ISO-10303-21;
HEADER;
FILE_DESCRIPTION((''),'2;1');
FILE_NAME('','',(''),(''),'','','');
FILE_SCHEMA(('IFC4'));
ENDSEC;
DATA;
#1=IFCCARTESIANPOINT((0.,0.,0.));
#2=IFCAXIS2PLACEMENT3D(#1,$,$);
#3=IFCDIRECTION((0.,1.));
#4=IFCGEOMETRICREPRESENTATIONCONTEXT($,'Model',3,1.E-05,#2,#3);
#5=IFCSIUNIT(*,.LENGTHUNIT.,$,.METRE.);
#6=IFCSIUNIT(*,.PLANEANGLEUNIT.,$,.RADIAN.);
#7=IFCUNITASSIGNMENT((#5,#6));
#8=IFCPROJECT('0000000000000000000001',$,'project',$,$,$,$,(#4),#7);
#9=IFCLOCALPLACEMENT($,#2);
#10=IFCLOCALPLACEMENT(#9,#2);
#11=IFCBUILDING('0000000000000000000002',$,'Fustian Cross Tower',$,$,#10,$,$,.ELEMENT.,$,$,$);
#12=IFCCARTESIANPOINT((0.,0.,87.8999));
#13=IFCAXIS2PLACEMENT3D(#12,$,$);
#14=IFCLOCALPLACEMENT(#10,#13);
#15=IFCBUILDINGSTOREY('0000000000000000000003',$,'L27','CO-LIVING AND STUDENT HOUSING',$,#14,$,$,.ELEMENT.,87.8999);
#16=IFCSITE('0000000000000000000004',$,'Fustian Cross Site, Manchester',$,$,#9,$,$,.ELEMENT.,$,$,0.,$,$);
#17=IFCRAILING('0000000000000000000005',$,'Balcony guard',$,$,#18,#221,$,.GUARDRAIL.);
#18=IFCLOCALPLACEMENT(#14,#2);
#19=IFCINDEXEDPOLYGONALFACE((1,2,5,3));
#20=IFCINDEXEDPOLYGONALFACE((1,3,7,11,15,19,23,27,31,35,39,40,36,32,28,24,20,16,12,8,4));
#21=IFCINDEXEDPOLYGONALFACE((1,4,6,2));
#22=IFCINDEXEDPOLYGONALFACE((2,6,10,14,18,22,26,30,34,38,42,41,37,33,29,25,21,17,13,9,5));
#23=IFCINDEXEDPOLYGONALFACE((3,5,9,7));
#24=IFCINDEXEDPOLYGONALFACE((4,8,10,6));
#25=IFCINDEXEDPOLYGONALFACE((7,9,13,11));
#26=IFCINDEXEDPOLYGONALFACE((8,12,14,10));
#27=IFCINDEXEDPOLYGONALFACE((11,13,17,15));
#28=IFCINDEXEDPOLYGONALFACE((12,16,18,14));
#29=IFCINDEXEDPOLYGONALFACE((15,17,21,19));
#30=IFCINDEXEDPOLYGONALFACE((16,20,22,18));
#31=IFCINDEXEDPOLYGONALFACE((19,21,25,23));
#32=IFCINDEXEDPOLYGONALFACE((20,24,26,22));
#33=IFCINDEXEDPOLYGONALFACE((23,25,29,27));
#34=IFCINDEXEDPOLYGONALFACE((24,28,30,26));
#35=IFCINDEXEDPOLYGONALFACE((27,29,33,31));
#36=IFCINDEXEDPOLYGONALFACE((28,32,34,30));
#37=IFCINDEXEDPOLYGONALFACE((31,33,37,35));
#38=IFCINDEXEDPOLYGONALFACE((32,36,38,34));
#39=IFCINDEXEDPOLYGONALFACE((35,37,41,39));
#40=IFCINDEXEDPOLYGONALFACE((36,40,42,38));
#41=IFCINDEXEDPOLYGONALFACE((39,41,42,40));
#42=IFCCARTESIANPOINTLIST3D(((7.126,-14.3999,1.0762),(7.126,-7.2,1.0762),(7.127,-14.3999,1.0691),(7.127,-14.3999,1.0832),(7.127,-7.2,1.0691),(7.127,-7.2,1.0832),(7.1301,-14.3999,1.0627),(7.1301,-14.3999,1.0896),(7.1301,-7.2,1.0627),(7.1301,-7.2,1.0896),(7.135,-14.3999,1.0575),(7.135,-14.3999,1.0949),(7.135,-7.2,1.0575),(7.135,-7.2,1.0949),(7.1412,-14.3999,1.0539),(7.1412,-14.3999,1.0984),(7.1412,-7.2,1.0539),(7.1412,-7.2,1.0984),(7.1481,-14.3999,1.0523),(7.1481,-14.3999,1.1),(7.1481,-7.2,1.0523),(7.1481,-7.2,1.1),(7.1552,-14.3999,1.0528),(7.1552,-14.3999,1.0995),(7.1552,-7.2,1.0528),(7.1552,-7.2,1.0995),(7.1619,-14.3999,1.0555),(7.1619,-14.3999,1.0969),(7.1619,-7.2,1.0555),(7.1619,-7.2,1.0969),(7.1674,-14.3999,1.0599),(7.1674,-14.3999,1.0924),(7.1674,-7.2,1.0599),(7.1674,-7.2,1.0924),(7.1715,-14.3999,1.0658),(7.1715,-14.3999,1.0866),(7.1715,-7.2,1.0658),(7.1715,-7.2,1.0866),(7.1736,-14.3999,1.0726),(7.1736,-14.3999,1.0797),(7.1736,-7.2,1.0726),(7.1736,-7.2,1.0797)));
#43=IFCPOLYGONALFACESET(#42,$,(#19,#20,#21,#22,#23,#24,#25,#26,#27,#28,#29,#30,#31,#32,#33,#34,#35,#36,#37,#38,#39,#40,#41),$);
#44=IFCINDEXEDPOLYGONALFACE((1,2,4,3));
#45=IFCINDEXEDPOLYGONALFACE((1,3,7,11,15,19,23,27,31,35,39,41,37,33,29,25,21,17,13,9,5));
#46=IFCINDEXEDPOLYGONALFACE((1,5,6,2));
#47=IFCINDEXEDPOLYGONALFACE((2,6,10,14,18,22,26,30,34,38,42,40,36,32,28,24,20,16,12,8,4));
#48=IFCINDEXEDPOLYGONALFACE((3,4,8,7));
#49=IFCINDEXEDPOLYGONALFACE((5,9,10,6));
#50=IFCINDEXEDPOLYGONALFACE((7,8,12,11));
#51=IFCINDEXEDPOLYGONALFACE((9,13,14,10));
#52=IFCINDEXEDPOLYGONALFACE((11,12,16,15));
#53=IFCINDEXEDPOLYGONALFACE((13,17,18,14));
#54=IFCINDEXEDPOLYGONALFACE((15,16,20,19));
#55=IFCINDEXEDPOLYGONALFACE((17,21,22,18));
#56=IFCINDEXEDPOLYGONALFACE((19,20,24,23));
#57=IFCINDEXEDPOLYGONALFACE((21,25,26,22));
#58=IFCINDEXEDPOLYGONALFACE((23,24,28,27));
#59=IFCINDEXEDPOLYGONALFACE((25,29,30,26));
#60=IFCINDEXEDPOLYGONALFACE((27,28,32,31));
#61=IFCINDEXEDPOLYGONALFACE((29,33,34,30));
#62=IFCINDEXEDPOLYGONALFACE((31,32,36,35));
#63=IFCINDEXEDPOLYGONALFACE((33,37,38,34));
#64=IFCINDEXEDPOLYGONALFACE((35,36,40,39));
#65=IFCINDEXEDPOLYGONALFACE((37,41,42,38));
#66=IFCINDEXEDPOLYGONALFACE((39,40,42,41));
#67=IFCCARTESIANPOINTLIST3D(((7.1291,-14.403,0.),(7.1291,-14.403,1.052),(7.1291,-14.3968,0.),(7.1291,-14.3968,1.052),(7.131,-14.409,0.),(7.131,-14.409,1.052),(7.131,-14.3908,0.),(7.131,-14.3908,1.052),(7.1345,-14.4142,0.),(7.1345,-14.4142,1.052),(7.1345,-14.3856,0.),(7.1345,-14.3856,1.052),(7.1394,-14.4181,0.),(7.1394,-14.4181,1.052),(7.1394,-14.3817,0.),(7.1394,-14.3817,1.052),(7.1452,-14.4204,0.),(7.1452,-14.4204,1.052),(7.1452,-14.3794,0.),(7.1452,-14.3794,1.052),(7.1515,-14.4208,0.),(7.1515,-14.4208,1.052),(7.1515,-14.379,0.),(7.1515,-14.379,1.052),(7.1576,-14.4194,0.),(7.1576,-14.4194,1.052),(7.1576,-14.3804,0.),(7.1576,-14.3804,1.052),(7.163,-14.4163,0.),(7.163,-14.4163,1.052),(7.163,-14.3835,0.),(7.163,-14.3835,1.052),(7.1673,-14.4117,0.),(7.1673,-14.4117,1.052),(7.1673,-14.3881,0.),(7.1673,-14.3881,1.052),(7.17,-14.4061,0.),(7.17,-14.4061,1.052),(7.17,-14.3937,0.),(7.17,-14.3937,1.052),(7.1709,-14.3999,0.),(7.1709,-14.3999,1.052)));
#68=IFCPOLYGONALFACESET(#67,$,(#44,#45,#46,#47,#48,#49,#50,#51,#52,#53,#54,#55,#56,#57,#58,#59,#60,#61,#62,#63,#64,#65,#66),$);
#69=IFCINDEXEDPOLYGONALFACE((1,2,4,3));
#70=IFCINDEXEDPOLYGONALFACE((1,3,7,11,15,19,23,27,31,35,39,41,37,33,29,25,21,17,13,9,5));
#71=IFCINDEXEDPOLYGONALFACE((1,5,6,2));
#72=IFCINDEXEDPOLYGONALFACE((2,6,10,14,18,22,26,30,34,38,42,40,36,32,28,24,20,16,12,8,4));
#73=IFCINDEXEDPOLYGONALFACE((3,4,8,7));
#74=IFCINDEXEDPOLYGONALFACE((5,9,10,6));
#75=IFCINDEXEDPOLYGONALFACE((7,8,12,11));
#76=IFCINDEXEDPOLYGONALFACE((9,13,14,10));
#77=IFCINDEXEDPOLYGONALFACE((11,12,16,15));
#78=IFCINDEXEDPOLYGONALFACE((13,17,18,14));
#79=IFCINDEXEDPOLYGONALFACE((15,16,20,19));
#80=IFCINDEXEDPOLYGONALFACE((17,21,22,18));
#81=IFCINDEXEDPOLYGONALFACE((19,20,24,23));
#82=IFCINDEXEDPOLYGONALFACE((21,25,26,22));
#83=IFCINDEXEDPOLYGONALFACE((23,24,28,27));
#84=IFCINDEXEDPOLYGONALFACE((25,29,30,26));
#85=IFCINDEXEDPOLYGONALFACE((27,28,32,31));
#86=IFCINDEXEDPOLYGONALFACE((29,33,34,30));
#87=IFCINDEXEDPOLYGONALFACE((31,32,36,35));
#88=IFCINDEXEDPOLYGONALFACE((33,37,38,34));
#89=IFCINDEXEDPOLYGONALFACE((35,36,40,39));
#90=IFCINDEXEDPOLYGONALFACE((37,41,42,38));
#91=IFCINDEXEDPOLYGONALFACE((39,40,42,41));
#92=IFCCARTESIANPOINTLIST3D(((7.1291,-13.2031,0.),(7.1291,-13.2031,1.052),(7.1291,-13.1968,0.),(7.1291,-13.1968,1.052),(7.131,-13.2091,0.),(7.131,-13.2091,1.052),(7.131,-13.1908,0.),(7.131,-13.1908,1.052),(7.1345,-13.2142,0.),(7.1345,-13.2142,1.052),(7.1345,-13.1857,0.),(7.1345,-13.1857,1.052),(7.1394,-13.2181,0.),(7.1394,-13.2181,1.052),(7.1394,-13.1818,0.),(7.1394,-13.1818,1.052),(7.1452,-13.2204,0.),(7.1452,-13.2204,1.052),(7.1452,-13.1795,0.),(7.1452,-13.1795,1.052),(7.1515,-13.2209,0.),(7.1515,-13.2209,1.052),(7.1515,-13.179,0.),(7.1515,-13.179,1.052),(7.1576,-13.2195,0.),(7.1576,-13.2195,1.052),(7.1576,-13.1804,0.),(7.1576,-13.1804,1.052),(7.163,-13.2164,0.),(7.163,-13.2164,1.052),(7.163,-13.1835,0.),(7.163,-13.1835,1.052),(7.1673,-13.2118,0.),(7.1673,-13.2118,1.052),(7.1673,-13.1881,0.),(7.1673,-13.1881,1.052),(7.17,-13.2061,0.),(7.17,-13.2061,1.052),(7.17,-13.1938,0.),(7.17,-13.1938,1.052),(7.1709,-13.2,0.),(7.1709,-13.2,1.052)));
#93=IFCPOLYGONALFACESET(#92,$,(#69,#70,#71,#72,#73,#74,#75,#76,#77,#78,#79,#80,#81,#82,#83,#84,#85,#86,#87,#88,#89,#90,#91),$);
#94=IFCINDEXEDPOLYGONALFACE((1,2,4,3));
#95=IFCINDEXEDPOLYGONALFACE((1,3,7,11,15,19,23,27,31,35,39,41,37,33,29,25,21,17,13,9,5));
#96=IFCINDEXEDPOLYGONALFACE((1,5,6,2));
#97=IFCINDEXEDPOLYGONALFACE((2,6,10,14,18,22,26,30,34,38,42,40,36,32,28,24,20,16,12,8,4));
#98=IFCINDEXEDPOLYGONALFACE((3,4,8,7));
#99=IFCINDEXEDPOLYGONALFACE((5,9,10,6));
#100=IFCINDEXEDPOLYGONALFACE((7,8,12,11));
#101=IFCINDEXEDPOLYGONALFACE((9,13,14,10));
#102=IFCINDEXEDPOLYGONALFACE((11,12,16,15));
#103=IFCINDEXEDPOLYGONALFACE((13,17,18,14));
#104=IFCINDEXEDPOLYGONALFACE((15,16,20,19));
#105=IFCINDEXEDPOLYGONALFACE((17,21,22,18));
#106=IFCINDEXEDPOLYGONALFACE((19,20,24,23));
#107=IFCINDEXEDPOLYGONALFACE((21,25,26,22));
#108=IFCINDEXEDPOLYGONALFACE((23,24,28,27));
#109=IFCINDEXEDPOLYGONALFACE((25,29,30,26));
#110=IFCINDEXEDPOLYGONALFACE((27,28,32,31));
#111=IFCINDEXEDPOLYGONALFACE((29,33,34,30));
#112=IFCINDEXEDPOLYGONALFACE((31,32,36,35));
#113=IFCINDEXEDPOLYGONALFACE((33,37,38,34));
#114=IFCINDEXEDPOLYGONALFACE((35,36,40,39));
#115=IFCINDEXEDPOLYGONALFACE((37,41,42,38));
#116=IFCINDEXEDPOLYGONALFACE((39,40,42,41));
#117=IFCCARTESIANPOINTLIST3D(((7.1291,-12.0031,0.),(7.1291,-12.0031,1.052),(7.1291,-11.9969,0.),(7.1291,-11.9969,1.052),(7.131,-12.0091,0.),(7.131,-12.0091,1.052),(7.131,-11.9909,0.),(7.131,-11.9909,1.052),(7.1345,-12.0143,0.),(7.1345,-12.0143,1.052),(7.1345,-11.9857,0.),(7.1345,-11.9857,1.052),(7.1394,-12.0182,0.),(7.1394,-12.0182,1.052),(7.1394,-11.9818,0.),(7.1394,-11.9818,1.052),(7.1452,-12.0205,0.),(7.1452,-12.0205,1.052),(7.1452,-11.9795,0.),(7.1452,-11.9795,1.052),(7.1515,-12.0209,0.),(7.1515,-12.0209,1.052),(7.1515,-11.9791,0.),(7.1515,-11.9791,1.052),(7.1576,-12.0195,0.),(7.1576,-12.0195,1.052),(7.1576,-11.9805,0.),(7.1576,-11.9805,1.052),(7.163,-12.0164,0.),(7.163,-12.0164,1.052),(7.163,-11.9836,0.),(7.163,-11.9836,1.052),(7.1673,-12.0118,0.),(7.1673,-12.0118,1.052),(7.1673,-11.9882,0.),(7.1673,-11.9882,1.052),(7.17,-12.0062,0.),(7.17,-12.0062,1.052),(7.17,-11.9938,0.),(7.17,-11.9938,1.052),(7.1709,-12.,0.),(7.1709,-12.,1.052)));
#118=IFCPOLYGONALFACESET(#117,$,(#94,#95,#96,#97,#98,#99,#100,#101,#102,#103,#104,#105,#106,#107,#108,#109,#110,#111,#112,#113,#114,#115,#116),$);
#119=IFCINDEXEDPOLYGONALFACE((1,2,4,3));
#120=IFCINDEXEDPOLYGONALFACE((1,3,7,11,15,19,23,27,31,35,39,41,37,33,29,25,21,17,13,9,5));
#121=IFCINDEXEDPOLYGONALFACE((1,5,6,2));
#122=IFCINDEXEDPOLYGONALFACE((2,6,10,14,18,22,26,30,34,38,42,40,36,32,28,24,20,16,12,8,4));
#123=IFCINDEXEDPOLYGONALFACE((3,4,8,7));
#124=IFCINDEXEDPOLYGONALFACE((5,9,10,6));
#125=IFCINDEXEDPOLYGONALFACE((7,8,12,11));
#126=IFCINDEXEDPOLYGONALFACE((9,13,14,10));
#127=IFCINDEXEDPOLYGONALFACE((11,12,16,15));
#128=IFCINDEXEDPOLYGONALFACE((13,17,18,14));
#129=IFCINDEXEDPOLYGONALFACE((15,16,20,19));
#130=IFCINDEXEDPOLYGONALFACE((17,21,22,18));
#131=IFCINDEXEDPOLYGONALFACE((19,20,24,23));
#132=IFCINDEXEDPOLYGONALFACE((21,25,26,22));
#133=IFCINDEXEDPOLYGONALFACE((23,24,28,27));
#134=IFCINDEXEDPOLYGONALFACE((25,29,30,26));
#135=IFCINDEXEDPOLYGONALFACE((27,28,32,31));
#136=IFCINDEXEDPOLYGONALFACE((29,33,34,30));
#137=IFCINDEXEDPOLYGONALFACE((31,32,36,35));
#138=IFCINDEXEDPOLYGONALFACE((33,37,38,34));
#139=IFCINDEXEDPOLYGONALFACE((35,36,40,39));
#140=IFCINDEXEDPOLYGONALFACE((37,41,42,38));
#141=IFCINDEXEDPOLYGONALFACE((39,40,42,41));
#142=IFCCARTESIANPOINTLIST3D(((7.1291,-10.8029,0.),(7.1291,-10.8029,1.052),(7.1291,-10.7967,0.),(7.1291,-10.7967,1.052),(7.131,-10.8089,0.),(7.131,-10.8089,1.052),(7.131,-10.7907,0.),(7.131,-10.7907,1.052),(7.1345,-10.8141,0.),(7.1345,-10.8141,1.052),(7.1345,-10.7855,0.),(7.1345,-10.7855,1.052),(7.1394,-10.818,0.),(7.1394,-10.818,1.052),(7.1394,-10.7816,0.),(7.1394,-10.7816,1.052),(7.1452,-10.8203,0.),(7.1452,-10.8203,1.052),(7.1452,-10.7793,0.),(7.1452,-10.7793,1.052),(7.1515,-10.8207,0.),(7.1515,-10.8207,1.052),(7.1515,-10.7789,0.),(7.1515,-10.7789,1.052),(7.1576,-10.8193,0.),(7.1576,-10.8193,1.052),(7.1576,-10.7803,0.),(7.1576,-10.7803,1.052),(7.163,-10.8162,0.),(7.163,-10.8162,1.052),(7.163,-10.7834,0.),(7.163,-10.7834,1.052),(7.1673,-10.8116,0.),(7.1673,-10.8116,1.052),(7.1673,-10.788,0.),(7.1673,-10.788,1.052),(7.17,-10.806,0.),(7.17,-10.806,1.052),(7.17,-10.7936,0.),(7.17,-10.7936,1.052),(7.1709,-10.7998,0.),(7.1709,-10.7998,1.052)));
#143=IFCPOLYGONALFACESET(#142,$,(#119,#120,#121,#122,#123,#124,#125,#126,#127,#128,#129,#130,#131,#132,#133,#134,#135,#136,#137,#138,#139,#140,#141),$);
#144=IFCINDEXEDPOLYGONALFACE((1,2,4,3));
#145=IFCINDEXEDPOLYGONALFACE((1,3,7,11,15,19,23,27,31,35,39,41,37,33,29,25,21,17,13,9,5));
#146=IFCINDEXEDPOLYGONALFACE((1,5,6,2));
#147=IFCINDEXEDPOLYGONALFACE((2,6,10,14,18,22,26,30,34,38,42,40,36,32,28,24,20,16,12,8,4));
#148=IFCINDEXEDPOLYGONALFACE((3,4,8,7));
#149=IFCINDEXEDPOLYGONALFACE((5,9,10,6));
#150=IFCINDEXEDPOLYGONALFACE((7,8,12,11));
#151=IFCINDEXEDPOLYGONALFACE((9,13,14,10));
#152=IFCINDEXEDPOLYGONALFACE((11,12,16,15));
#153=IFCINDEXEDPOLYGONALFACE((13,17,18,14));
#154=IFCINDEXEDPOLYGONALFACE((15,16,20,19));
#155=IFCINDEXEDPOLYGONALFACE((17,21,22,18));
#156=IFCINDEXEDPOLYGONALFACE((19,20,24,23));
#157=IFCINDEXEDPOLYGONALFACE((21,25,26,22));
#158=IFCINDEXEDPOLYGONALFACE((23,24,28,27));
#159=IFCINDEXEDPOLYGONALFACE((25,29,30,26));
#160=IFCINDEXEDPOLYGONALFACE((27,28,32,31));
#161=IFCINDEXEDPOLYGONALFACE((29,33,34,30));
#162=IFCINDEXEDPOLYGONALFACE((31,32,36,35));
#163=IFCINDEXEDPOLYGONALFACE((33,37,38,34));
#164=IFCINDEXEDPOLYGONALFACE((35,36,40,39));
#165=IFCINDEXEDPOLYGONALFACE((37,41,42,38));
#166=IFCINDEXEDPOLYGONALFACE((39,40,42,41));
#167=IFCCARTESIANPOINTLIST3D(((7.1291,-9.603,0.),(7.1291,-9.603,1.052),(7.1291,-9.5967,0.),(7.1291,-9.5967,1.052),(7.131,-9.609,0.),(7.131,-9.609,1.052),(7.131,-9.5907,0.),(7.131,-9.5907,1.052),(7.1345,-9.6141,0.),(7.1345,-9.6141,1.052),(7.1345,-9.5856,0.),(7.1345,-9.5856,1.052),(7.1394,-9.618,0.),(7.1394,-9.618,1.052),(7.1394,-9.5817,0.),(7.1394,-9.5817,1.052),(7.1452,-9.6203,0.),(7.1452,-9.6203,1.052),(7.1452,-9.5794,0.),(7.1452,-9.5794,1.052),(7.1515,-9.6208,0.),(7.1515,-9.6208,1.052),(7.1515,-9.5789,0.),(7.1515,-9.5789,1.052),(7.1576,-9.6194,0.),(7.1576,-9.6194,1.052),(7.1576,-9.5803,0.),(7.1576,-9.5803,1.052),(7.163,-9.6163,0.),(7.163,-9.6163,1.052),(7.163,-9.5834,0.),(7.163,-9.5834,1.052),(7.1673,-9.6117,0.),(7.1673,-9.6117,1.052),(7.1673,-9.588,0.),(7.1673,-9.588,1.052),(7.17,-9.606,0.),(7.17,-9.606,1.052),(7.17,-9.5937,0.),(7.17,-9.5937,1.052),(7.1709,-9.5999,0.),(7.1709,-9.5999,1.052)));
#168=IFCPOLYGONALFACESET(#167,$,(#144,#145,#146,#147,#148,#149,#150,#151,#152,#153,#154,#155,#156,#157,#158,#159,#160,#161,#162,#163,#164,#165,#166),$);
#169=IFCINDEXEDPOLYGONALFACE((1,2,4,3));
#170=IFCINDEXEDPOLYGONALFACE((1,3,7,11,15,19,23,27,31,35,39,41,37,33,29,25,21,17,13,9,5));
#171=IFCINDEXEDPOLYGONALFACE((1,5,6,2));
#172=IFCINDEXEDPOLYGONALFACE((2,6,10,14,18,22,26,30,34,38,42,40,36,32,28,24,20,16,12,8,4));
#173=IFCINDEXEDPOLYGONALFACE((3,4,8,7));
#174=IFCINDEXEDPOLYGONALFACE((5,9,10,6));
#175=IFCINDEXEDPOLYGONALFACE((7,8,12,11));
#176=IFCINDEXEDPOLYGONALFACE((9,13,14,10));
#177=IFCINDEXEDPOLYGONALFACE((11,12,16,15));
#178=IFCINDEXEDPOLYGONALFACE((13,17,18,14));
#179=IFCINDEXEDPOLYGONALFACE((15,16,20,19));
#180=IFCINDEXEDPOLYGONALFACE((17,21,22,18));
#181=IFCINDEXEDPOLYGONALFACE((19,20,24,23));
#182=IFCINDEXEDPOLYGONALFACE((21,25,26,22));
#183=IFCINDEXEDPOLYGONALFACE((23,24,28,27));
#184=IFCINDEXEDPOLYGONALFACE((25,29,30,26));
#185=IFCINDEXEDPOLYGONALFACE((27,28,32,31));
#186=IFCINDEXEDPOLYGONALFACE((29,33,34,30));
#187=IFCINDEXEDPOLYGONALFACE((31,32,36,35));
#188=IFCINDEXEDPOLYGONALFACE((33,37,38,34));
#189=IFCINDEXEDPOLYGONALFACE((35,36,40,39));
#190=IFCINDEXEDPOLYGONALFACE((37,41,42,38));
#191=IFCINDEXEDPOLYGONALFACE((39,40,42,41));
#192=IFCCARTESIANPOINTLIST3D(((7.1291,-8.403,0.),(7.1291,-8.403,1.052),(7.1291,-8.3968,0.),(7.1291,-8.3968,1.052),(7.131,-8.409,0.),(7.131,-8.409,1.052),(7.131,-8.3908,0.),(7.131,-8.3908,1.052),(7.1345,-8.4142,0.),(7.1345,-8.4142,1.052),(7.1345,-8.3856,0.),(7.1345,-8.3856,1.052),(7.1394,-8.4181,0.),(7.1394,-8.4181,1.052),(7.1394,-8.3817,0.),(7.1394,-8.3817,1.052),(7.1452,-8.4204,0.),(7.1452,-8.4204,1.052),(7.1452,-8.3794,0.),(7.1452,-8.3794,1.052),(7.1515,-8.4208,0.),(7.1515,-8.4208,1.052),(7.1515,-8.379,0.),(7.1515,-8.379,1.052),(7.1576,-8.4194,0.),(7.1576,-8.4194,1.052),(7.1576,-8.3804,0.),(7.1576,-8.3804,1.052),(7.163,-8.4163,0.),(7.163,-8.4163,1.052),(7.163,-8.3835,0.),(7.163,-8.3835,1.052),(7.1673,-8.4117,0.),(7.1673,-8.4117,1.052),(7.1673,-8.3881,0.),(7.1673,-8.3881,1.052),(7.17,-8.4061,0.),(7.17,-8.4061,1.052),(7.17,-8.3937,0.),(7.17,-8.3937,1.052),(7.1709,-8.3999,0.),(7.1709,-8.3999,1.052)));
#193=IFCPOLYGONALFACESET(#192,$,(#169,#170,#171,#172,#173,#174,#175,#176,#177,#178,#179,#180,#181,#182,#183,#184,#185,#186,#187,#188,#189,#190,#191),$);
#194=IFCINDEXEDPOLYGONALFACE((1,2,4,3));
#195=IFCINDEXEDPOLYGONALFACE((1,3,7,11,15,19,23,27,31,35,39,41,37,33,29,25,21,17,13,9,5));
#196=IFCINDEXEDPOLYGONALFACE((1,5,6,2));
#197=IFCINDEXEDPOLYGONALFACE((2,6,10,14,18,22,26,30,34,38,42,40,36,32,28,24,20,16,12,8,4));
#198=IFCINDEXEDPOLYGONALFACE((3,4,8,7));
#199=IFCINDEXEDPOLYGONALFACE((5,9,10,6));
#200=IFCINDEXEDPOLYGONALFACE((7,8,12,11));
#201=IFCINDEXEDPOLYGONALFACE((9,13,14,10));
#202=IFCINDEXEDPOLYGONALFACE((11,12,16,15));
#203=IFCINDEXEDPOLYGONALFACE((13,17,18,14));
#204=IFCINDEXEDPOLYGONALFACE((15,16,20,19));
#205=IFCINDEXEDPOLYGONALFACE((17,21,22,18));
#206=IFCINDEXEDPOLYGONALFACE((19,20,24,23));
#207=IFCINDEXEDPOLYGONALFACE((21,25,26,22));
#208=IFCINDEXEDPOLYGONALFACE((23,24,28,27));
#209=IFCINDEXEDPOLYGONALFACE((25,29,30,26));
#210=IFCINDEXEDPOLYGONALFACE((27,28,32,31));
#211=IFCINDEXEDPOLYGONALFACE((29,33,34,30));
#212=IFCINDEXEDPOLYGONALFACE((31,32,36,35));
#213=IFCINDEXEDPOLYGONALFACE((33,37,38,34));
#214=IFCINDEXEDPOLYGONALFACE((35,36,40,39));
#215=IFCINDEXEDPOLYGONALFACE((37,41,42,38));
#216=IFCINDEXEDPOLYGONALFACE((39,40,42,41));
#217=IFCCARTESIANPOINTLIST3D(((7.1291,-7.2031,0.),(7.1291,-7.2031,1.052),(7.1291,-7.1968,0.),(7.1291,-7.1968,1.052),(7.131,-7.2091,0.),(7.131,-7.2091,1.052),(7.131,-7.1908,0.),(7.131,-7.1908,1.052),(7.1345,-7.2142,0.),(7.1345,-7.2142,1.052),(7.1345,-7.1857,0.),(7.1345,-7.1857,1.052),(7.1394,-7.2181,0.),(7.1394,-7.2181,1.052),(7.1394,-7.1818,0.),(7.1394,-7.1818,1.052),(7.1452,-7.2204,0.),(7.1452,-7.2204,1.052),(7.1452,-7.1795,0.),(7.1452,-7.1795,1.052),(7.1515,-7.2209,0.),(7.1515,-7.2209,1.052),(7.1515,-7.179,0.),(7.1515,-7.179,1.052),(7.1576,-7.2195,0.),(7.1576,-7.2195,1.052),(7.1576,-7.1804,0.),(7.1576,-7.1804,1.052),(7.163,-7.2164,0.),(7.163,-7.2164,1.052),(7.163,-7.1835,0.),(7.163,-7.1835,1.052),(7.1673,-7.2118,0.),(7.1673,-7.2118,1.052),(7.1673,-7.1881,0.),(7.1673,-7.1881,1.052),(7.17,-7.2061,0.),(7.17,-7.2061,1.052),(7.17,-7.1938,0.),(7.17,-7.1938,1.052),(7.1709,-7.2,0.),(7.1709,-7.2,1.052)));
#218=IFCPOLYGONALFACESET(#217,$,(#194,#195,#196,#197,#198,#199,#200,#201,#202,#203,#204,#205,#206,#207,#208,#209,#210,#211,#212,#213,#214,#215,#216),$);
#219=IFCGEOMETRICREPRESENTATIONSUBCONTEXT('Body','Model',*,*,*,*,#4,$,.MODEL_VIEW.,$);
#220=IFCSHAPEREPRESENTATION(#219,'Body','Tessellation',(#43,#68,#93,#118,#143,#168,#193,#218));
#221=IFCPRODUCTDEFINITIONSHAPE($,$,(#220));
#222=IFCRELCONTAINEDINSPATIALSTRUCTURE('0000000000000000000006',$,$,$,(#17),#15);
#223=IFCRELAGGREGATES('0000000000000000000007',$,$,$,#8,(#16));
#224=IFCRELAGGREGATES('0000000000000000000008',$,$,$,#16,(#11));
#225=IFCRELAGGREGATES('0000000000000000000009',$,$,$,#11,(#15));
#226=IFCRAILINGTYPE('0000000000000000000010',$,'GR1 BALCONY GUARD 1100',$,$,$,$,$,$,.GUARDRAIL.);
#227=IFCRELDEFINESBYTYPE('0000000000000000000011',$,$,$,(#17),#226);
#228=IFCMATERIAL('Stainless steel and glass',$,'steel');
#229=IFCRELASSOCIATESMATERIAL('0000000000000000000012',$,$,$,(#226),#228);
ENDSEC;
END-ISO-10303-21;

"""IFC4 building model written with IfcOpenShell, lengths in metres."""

from ifc_helpers import new_model, si_unit, direction, frame, origin, origin_2d, place, context, subcontext, project, spatial, circle, extrude, material, type_object, element, save


model = new_model("IFC4")

# Units and contexts
model_context = context("Model", 3, precision=1e-05, world=origin(), true_north=direction((0.0, 1.0)))
body_context = subcontext(model_context, "Body", "Model", "MODEL_VIEW")
ifc_project = project(units=[si_unit("LENGTHUNIT", "METRE"), si_unit("PLANEANGLEUNIT", "RADIAN")], contexts=[model_context])

# Site, building, storey
site_placement = place(None, origin())
site = spatial("IfcSite", under=ifc_project, at=site_placement, Name="Fustian Cross Site, Manchester", CompositionType="ELEMENT", RefElevation=0.0)
building_placement = place(site_placement, origin())
building = spatial("IfcBuilding", under=site, at=building_placement, Name="Fustian Cross Tower", CompositionType="ELEMENT")
storey_placement = place(building_placement, frame((0.0, 0.0, 87.8999)))
storey = spatial("IfcBuildingStorey", under=building, at=storey_placement, Name="L27", Description="CO-LIVING AND STUDENT HOUSING", CompositionType="ELEMENT", Elevation=87.8999)

# Railing
ifc_material_1 = material(Name="Stainless steel and glass", Category="steel")
railing_type = type_object("IfcRailingType", Name="GR1 BALCONY GUARD 1100", PredefinedType="GUARDRAIL", material=ifc_material_1)
railing_placement = place(storey_placement, frame((7.1499, -14.3999, 0.0)))
element("IfcRailing", 1, at=railing_placement, inside=storey, type_object=railing_type, Name="Balcony guard", PredefinedType="GUARDRAIL", context=body_context, shape_type="SweptSolid", body=[
    extrude(circle(Radius=0.0239, at=origin_2d()), frame((0.0, 0.0, 1.0762), z_axis=(0.0, 1.0, 0.0), x_axis=(-1.0, 0.0, 0.0)), (0.0, 0.0, 1.0), 7.2),
    extrude(circle(Radius=0.021, at=origin_2d()), origin(), (0.0, 0.0, 1.0), 1.052),
    extrude(circle(Radius=0.021, at=origin_2d()), frame((0.0, 1.2, 0.0)), (0.0, 0.0, 1.0), 1.052),
    extrude(circle(Radius=0.021, at=origin_2d()), frame((0.0, 2.3999, 0.0)), (0.0, 0.0, 1.0), 1.052),
    extrude(circle(Radius=0.021, at=origin_2d()), frame((0.0, 3.6001, 0.0)), (0.0, 0.0, 1.0), 1.052),
    extrude(circle(Radius=0.021, at=origin_2d()), frame((0.0, 4.8, 0.0)), (0.0, 0.0, 1.0), 1.052),
    extrude(circle(Radius=0.021, at=origin_2d()), frame((0.0, 6.0, 0.0)), (0.0, 0.0, 1.0), 1.052),
    extrude(circle(Radius=0.021, at=origin_2d()), frame((0.0, 7.2, 0.0)), (0.0, 0.0, 1.0), 1.052),
])

save(model, "model.ifc")
